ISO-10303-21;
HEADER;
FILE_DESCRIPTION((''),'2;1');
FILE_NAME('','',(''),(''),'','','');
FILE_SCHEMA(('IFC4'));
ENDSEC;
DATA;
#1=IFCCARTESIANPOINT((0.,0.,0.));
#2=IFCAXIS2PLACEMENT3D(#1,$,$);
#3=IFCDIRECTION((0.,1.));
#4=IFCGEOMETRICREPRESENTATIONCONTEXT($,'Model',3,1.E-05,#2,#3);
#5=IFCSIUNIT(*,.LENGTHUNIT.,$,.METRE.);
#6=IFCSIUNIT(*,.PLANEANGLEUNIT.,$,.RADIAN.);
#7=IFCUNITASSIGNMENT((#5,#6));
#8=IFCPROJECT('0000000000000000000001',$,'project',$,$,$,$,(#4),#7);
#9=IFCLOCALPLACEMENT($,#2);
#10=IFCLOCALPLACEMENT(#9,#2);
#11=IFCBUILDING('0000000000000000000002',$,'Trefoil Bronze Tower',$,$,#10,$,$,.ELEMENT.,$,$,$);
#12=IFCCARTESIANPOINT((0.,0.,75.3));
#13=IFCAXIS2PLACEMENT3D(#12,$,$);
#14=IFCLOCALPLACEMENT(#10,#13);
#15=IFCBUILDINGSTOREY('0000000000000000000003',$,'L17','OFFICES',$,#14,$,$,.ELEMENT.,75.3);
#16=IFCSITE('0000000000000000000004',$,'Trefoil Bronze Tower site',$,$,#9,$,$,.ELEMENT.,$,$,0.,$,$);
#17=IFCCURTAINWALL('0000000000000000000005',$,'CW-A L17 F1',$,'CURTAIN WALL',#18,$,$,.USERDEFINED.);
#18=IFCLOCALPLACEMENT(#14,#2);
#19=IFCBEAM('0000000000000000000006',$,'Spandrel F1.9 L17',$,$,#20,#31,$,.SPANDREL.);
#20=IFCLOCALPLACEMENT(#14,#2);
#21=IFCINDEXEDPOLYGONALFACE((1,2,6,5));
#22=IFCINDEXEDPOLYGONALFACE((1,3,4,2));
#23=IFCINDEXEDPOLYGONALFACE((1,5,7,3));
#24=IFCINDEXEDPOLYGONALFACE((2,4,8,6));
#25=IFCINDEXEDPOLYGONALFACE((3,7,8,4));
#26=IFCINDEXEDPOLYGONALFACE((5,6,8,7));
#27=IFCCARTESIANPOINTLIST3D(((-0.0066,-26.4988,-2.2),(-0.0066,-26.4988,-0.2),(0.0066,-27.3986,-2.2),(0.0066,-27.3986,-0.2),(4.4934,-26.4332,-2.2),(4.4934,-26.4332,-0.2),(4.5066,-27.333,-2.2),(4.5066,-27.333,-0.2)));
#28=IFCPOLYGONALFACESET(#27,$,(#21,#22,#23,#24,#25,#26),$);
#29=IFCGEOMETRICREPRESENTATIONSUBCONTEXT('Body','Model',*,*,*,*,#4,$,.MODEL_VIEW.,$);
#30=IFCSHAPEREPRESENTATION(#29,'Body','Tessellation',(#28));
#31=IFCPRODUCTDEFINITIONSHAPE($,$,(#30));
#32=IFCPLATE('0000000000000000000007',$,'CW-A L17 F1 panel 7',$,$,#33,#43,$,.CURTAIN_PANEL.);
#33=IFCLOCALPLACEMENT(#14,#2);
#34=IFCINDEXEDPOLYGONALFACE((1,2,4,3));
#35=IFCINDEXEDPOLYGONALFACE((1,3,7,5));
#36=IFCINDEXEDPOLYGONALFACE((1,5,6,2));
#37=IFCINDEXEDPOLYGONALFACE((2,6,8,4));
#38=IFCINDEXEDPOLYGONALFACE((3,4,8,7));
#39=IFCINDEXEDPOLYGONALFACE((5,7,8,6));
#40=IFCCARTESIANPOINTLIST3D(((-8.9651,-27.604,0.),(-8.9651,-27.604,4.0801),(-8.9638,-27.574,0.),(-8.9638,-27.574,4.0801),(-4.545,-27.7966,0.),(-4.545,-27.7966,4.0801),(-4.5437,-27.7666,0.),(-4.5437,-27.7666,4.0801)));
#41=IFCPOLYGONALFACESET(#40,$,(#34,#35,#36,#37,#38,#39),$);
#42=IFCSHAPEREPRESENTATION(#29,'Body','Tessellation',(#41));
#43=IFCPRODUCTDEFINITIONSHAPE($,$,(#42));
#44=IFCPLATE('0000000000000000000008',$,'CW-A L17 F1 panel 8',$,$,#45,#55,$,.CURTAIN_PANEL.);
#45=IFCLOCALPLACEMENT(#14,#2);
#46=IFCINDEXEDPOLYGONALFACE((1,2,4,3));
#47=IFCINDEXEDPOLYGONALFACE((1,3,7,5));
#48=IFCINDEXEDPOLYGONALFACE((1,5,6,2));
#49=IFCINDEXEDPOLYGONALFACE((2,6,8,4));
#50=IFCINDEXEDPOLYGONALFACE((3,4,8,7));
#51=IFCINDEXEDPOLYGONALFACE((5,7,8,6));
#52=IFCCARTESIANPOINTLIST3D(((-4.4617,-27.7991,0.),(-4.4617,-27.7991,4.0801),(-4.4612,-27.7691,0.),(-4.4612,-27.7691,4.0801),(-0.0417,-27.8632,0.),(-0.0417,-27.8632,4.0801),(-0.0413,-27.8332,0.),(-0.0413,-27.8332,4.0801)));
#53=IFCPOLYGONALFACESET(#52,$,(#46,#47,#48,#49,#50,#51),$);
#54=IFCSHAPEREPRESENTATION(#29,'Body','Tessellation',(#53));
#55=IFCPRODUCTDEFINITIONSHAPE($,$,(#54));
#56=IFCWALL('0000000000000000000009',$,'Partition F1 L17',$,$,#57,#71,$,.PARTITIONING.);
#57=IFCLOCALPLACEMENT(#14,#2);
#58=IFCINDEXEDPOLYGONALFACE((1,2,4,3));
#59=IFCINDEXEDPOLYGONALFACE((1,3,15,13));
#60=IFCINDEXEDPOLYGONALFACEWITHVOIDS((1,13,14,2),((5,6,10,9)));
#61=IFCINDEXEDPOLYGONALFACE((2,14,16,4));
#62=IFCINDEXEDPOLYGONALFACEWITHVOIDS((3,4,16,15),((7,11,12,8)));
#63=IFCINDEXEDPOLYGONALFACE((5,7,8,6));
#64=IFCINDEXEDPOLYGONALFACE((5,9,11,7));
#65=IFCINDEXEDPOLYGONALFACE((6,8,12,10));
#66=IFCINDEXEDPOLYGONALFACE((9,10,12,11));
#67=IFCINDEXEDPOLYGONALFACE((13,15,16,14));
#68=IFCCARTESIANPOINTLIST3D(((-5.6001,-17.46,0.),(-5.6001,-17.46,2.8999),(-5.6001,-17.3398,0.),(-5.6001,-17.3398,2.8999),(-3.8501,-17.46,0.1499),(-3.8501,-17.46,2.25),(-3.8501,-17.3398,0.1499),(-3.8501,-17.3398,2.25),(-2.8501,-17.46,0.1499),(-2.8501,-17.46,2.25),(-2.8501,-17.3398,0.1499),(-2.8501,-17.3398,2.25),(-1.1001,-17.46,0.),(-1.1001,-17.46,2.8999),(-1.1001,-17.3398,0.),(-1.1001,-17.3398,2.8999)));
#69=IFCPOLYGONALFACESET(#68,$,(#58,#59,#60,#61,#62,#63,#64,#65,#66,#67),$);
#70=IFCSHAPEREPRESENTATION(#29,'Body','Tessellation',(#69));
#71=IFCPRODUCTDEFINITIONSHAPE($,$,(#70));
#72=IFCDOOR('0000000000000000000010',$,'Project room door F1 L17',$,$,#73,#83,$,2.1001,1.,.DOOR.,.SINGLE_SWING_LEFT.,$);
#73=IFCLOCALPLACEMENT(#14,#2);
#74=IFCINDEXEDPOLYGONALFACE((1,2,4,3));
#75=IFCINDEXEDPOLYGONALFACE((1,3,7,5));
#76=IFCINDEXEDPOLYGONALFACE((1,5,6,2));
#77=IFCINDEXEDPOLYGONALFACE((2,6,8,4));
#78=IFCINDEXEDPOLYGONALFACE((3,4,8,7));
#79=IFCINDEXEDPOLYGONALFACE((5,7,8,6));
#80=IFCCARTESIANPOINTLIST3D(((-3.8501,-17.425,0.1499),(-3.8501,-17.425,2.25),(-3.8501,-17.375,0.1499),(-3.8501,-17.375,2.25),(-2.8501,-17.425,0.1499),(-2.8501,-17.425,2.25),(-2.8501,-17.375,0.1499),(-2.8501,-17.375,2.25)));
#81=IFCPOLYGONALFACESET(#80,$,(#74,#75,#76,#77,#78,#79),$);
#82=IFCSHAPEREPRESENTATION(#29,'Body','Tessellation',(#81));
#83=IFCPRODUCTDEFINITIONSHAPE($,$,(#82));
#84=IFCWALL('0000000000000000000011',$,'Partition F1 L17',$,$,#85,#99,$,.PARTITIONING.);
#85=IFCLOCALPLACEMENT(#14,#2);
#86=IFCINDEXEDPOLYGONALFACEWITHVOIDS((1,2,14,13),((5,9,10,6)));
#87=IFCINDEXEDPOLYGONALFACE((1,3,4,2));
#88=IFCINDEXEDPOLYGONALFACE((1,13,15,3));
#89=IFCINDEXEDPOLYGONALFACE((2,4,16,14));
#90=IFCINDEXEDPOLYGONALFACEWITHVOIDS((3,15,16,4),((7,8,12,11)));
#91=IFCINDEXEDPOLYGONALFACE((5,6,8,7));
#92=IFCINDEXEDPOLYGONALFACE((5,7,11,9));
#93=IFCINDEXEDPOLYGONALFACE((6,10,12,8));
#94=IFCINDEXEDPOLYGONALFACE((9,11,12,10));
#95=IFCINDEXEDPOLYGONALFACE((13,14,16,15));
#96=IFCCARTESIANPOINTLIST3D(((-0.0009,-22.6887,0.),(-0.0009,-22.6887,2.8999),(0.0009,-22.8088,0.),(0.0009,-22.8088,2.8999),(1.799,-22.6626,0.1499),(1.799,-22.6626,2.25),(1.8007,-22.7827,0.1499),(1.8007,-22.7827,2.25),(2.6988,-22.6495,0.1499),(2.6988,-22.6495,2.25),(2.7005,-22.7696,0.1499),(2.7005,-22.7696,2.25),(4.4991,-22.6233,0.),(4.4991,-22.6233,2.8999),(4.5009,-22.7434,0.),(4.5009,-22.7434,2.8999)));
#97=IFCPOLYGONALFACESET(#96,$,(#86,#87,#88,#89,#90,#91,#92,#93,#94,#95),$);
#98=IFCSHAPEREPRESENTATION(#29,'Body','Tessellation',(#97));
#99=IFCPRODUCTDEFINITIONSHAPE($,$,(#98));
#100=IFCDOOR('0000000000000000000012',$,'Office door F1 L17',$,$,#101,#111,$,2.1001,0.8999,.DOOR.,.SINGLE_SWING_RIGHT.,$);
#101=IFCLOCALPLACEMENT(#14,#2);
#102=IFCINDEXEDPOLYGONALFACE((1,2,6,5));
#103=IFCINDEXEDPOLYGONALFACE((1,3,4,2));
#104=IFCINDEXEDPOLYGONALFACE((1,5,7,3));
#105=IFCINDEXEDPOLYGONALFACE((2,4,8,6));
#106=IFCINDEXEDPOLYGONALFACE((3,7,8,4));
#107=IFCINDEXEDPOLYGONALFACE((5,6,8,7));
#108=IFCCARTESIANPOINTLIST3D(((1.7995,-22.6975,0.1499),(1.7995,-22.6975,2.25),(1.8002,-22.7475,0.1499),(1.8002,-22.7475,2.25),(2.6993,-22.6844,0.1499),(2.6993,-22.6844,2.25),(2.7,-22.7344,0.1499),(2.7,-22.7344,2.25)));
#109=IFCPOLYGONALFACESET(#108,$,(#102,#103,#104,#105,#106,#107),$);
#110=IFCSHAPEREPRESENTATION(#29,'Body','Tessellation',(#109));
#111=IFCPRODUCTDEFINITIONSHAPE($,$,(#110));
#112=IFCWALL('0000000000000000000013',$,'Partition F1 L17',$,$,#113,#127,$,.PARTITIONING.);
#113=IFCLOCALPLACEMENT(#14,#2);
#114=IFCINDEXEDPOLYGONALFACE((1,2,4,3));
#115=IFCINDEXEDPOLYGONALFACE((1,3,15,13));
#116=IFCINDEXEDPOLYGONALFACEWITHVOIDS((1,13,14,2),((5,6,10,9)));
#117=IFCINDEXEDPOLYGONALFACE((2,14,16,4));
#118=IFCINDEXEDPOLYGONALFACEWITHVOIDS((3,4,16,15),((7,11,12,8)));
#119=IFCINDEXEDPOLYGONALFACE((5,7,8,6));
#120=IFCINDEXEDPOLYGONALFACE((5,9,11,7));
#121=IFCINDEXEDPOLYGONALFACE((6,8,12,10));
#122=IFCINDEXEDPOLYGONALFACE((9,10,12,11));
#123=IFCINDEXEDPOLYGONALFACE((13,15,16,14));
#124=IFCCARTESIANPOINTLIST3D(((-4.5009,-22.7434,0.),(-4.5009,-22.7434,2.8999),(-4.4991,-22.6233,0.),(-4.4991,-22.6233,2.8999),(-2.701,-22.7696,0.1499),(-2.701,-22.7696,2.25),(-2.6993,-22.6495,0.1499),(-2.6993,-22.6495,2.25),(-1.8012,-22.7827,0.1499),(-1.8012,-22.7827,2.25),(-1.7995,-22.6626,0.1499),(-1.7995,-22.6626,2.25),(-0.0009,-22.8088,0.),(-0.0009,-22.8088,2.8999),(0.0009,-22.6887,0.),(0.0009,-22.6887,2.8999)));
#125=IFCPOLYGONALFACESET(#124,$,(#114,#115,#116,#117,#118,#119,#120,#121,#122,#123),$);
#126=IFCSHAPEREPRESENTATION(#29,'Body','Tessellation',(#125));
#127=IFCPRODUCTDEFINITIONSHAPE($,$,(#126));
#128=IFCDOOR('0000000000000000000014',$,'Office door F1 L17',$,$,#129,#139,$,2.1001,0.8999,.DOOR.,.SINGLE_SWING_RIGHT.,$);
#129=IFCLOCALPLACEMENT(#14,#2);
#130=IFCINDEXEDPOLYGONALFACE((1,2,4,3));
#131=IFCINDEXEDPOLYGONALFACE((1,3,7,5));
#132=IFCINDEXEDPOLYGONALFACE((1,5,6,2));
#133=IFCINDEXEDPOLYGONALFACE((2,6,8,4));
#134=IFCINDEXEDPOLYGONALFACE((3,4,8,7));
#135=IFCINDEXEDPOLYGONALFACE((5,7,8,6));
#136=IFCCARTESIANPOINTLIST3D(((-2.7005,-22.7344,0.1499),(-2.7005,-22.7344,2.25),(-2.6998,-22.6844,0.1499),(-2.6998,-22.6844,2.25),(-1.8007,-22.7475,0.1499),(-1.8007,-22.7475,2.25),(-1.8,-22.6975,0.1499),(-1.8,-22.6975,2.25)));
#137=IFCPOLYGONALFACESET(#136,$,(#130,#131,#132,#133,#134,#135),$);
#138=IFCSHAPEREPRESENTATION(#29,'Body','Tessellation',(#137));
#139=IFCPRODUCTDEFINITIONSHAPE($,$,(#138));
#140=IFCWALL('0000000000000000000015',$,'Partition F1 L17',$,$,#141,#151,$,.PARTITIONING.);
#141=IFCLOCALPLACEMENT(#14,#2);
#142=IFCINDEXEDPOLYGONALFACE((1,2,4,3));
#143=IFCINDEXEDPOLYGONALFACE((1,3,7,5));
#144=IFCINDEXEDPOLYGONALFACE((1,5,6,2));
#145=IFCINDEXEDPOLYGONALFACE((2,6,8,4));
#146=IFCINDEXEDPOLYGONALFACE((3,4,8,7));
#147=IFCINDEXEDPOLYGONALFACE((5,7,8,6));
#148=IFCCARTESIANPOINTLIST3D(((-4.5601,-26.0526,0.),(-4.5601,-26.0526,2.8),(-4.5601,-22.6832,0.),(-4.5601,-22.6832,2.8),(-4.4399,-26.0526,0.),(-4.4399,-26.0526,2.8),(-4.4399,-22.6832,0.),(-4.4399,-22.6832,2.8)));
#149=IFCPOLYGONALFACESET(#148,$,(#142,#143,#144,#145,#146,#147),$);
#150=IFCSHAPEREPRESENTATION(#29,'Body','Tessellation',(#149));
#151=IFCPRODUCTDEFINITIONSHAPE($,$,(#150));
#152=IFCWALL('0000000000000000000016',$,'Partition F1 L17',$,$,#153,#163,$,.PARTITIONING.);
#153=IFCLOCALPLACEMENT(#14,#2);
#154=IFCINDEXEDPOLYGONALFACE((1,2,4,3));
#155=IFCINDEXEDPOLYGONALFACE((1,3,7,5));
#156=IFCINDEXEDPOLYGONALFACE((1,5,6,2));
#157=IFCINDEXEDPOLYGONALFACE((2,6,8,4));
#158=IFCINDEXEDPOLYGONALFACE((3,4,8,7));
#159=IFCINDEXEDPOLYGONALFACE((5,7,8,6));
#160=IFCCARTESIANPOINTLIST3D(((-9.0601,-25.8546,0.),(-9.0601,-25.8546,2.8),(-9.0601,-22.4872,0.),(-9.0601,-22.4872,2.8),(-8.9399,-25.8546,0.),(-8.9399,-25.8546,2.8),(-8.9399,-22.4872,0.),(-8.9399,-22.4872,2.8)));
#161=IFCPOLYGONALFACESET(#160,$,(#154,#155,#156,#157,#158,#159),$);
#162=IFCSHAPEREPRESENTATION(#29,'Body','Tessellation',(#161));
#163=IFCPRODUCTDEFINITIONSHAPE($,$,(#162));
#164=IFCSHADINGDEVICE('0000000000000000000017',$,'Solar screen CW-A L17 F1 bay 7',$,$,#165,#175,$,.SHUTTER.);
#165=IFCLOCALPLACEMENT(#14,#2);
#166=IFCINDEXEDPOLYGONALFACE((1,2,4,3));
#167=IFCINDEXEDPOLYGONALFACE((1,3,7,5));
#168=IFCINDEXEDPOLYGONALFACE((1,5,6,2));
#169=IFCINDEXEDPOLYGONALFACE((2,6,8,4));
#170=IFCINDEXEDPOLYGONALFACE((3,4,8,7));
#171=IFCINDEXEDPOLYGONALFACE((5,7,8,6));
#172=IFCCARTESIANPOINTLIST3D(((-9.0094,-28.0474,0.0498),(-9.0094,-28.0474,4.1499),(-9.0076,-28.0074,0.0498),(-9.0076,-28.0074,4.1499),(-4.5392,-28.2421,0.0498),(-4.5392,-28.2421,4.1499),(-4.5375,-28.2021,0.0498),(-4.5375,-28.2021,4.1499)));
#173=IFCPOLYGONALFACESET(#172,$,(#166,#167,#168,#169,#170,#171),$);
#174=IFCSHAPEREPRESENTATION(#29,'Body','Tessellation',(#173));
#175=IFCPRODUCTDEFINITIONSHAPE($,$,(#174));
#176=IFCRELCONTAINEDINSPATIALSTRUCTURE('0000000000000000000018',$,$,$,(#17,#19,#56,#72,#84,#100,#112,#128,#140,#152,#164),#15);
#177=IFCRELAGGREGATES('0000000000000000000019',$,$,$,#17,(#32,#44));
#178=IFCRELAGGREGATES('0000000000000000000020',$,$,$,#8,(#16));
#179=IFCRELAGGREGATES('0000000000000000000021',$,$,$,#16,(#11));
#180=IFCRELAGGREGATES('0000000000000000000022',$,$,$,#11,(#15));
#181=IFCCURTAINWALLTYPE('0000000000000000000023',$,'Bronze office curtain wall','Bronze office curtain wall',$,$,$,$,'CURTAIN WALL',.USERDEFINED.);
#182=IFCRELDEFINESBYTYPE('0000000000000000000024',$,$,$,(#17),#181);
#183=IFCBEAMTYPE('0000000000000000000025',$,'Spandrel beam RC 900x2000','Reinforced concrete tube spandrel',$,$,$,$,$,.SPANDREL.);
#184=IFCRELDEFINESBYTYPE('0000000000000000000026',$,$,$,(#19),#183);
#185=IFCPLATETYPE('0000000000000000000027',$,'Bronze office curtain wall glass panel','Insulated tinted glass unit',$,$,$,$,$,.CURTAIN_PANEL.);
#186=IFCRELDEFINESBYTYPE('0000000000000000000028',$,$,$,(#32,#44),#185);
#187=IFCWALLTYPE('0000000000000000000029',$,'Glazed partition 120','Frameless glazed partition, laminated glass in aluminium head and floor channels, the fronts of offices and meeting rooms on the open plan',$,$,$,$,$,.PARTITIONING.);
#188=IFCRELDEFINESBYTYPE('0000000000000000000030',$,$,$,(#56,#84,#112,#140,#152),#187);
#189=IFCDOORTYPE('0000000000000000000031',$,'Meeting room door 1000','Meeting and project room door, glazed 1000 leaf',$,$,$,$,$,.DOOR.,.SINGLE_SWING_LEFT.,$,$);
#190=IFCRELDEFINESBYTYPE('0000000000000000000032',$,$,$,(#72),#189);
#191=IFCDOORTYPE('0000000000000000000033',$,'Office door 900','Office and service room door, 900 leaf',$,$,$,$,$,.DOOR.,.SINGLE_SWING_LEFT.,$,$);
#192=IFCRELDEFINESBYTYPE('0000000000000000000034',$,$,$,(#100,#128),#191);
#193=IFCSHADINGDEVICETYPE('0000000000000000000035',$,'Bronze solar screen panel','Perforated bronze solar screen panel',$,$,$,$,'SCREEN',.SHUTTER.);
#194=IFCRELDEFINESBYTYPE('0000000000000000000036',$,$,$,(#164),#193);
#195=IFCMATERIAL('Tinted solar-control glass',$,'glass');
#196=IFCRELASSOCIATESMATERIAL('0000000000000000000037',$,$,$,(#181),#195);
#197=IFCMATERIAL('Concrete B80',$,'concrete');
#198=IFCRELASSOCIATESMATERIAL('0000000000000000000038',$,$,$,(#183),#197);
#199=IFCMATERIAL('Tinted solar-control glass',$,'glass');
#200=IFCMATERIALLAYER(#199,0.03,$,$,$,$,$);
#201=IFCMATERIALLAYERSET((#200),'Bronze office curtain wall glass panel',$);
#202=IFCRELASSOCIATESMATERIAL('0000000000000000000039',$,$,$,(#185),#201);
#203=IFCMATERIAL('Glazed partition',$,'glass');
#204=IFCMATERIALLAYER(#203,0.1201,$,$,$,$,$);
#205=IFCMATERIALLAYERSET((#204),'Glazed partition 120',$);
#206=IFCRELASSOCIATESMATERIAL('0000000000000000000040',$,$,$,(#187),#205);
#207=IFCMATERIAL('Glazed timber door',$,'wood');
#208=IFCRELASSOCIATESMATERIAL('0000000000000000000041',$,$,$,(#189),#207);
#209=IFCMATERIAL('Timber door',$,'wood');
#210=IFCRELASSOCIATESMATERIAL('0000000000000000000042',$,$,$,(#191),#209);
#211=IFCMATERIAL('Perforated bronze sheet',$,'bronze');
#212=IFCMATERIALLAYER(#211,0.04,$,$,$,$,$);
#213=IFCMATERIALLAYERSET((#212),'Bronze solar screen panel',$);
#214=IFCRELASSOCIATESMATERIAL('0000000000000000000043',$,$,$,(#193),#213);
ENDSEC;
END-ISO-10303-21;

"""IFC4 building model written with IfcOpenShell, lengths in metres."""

from ifc_helpers import new_model, si_unit, direction, frame, frame_2d, origin, origin_2d, place, context, subcontext, project, spatial, rectangle, extrude, material, layer, layer_set, material_profile, profile_set, type_object, element, fill, aggregate, save


model = new_model("IFC4")

# Units and contexts
model_context = context("Model", 3, precision=1e-05, world=origin(), true_north=direction((0.0, 1.0)))
body_context = subcontext(model_context, "Body", "Model", "MODEL_VIEW")
ifc_project = project(units=[si_unit("LENGTHUNIT", "METRE"), si_unit("PLANEANGLEUNIT", "RADIAN")], contexts=[model_context])

# Site, building, storey
site_placement = place(None, origin())
site = spatial("IfcSite", under=ifc_project, at=site_placement, Name="Trefoil Bronze Tower site", CompositionType="ELEMENT", RefElevation=0.0)
building_placement = place(site_placement, origin())
building = spatial("IfcBuilding", under=site, at=building_placement, Name="Trefoil Bronze Tower", CompositionType="ELEMENT")
storey_placement = place(building_placement, frame((0.0, 0.0, 75.3)))
storey = spatial("IfcBuildingStorey", under=building, at=storey_placement, Name="L17", Description="OFFICES", CompositionType="ELEMENT", Elevation=75.3)

# Curtain wall
ifc_material_1 = material(Name="Tinted solar-control glass", Category="glass")
curtain_wall_type = type_object("IfcCurtainWallType", Name="Bronze office curtain wall", Description="Bronze office curtain wall", ElementType="CURTAIN WALL", PredefinedType="USERDEFINED", material=ifc_material_1)
curtain_wall_placement = place(storey_placement, origin())
curtain_wall = element("IfcCurtainWall", 1, at=curtain_wall_placement, inside=storey, type_object=curtain_wall_type, Name="CW-A L17 F1", ObjectType="CURTAIN WALL", PredefinedType="USERDEFINED")

# Beam
ifc_material_2 = material(Name="Concrete B80", Category="concrete")
ifc_material_profile_1 = material_profile(ifc_material_2, rectangle(XDim=0.8999, YDim=2.0, at=origin_2d()), Name="RC 900x2000")
ifc_profile_set_1 = profile_set([ifc_material_profile_1], Name="Concrete B80")
beam_type_1 = type_object("IfcBeamType", Name="Spandrel beam RC 900x2000", Description="Reinforced concrete tube spandrel", PredefinedType="SPANDREL", material=ifc_profile_set_1)
for number, where, z_axis, x_axis, name in (
    (2, (0.0, -26.9487, -1.2), (0.999894, 0.014593, 0.0), (-0.014593, 0.999894, 0.0), "Spandrel F1.9 L17"),
):
    element("IfcBeam", number, at=place(storey_placement, frame(where, z_axis=z_axis, x_axis=x_axis)), inside=storey, type_object=beam_type_1, Name=name, PredefinedType="SPANDREL", context=body_context, shape_type="SweptSolid", body=[
        extrude(rectangle(XDim=0.8999, YDim=2.0, at=origin_2d()), origin(), (0.0, 0.0, 1.0), 4.5005),
    ])

# Plates
ifc_material_3 = material(Name="Tinted solar-control glass", Category="glass")
ifc_layer_1 = layer(ifc_material_3, 0.03)
ifc_layer_set_1 = layer_set([ifc_layer_1], Name="Bronze office curtain wall glass panel")
plate_type = type_object("IfcPlateType", Name="Bronze office curtain wall glass panel", Description="Insulated tinted glass unit", PredefinedType="CURTAIN_PANEL", material=ifc_layer_set_1)
plate_1_placement = place(storey_placement, frame((-6.7544, -27.6853, 0.0), z_axis=(0.0, 0.0, 1.0), x_axis=(0.999052, -0.043528, 0.0)))
plate_1 = element("IfcPlate", 3, at=plate_1_placement, type_object=plate_type, Name="CW-A L17 F1 panel 7", PredefinedType="CURTAIN_PANEL", context=body_context, shape_type="SweptSolid", body=[
    extrude(rectangle(XDim=4.4243, YDim=0.03, at=origin_2d()), origin(), (0.0, 0.0, 1.0), 4.0801),
])
plate_2_placement = place(storey_placement, frame((-2.2515, -27.8162, 0.0), z_axis=(0.0, 0.0, 1.0), x_axis=(0.999895, -0.014509, 0.0)))
plate_2 = element("IfcPlate", 4, at=plate_2_placement, type_object=plate_type, Name="CW-A L17 F1 panel 8", PredefinedType="CURTAIN_PANEL", context=body_context, shape_type="SweptSolid", body=[
    extrude(rectangle(XDim=4.4204, YDim=0.03, at=origin_2d()), origin(), (0.0, 0.0, 1.0), 4.0801),
])
aggregate(curtain_wall, [plate_1, plate_2])

# Walls, openings, doors
ifc_material_4 = material(Name="Glazed partition", Category="glass")
ifc_layer_2 = layer(ifc_material_4, 0.1201)
ifc_layer_set_2 = layer_set([ifc_layer_2], Name="Glazed partition 120")
wall_type = type_object("IfcWallType", Name="Glazed partition 120", Description="Frameless glazed partition, laminated glass in aluminium head and floor channels, the fronts of offices and meeting rooms on the open plan", PredefinedType="PARTITIONING", material=ifc_layer_set_2)
wall_1_placement = place(storey_placement, frame((-5.6001, -17.3999, 0.0), z_axis=(0.0, 0.0, 1.0), x_axis=(1.0, 0.0, 0.0)))
wall_1 = element("IfcWall", 5, at=wall_1_placement, inside=storey, type_object=wall_type, Name="Partition F1 L17", PredefinedType="PARTITIONING", context=body_context, shape_type="SweptSolid", body=[
    extrude(rectangle(XDim=4.5, YDim=0.1201, at=frame_2d((2.25, 0.0))), origin(), (0.0, 0.0, 1.0), 2.8999),
])
opening_1_placement = place(wall_1_placement, frame((1.75, 0.0, 0.1499)))
opening_1 = element("IfcOpeningElement", 6, at=opening_1_placement, cuts=wall_1, PredefinedType="OPENING", context=body_context, shape_type="SweptSolid", body=[
    extrude(rectangle(XDim=1.0, YDim=2.1001, at=frame_2d((0.5, 1.05))), frame((0.0, 0.0701, 0.0), z_axis=(0.0, -1.0, 0.0), x_axis=(1.0, 0.0, 0.0)), (0.0, 0.0, 1.0), 0.1401),
])
ifc_material_5 = material(Name="Glazed timber door", Category="wood")
door_type_1 = type_object("IfcDoorType", Name="Meeting room door 1000", Description="Meeting and project room door, glazed 1000 leaf", OperationType="SINGLE_SWING_LEFT", PredefinedType="DOOR", material=ifc_material_5)
door_1_placement = place(opening_1_placement, origin())
door_1 = element("IfcDoor", 7, at=door_1_placement, inside=storey, type_object=door_type_1, Name="Project room door F1 L17", OperationType="SINGLE_SWING_LEFT", OverallHeight=2.1001, OverallWidth=1.0, PredefinedType="DOOR", context=body_context, shape_type="SweptSolid", body=[
    extrude(rectangle(XDim=1.0, YDim=2.1001, at=frame_2d((0.5, 1.05))), frame((0.0, 0.0249, 0.0), z_axis=(0.0, -1.0, 0.0), x_axis=(1.0, 0.0, 0.0)), (0.0, 0.0, 1.0), 0.05),
])
fill(opening_1, door_1)
wall_2_placement = place(storey_placement, frame((0.0, -22.7488, 0.0), z_axis=(0.0, 0.0, 1.0), x_axis=(0.999894, 0.014538, 0.0)))
wall_2 = element("IfcWall", 8, at=wall_2_placement, inside=storey, type_object=wall_type, Name="Partition F1 L17", PredefinedType="PARTITIONING", context=body_context, shape_type="SweptSolid", body=[
    extrude(rectangle(XDim=4.5005, YDim=0.1201, at=frame_2d((2.2502, 0.0))), origin(), (0.0, 0.0, 1.0), 2.8999),
])
opening_2_placement = place(wall_2_placement, frame((1.8, 0.0, 0.1499)))
opening_2 = element("IfcOpeningElement", 9, at=opening_2_placement, cuts=wall_2, PredefinedType="OPENING", context=body_context, shape_type="SweptSolid", body=[
    extrude(rectangle(XDim=0.8999, YDim=2.1001, at=frame_2d((0.45, 1.05))), frame((0.0, 0.0701, 0.0), z_axis=(0.0, -1.0, 0.0), x_axis=(1.0, 0.0, 0.0)), (0.0, 0.0, 1.0), 0.1401),
])
ifc_material_6 = material(Name="Timber door", Category="wood")
door_type_2 = type_object("IfcDoorType", Name="Office door 900", Description="Office and service room door, 900 leaf", OperationType="SINGLE_SWING_LEFT", PredefinedType="DOOR", material=ifc_material_6)
door_2_placement = place(opening_2_placement, frame((0.8999, 0.0, 0.0), z_axis=(0.0, 0.0, 1.0), x_axis=(-1.0, 0.0, 0.0)))
door_2 = element("IfcDoor", 10, at=door_2_placement, inside=storey, type_object=door_type_2, Name="Office door F1 L17", OperationType="SINGLE_SWING_RIGHT", OverallHeight=2.1001, OverallWidth=0.8999, PredefinedType="DOOR", context=body_context, shape_type="SweptSolid", body=[
    extrude(rectangle(XDim=0.8999, YDim=2.1001, at=frame_2d((0.45, 1.05))), frame((0.0, 0.0249, 0.0), z_axis=(0.0, -1.0, 0.0), x_axis=(1.0, 0.0, 0.0)), (0.0, 0.0, 1.0), 0.05),
])
fill(opening_2, door_2)
wall_3_placement = place(storey_placement, frame((-4.5, -22.6833, 0.0), z_axis=(0.0, 0.0, 1.0), x_axis=(0.999894, -0.014538, 0.0)))
wall_3 = element("IfcWall", 11, at=wall_3_placement, inside=storey, type_object=wall_type, Name="Partition F1 L17", PredefinedType="PARTITIONING", context=body_context, shape_type="SweptSolid", body=[
    extrude(rectangle(XDim=4.5005, YDim=0.1201, at=frame_2d((2.2502, 0.0))), origin(), (0.0, 0.0, 1.0), 2.8999),
])
opening_3_placement = place(wall_3_placement, frame((1.8, 0.0, 0.1499)))
opening_3 = element("IfcOpeningElement", 12, at=opening_3_placement, cuts=wall_3, PredefinedType="OPENING", context=body_context, shape_type="SweptSolid", body=[
    extrude(rectangle(XDim=0.8999, YDim=2.1001, at=frame_2d((0.45, 1.05))), frame((0.0, 0.0701, 0.0), z_axis=(0.0, -1.0, 0.0), x_axis=(1.0, 0.0, 0.0)), (0.0, 0.0, 1.0), 0.1401),
])
door_3_placement = place(opening_3_placement, frame((0.8999, 0.0, 0.0), z_axis=(0.0, 0.0, 1.0), x_axis=(-1.0, 0.0, 0.0)))
door_3 = element("IfcDoor", 13, at=door_3_placement, inside=storey, type_object=door_type_2, Name="Office door F1 L17", OperationType="SINGLE_SWING_RIGHT", OverallHeight=2.1001, OverallWidth=0.8999, PredefinedType="DOOR", context=body_context, shape_type="SweptSolid", body=[
    extrude(rectangle(XDim=0.8999, YDim=2.1001, at=frame_2d((0.45, 1.05))), frame((0.0, 0.0249, 0.0), z_axis=(0.0, -1.0, 0.0), x_axis=(1.0, 0.0, 0.0)), (0.0, 0.0, 1.0), 0.05),
])
fill(opening_3, door_3)

# Walls
wall_4_placement = place(storey_placement, frame((-4.5, -22.6833, 0.0), z_axis=(0.0, 0.0, 1.0), x_axis=(0.0, -1.0, 0.0)))
element("IfcWall", 14, at=wall_4_placement, inside=storey, type_object=wall_type, Name="Partition F1 L17", PredefinedType="PARTITIONING", context=body_context, shape_type="SweptSolid", body=[
    extrude(rectangle(XDim=3.3694, YDim=0.1201, at=frame_2d((1.6846, 0.0))), origin(), (0.0, 0.0, 1.0), 2.8),
])
wall_5_placement = place(storey_placement, frame((-9.0, -22.4873, 0.0), z_axis=(0.0, 0.0, 1.0), x_axis=(0.0, -1.0, 0.0)))
element("IfcWall", 15, at=wall_5_placement, inside=storey, type_object=wall_type, Name="Partition F1 L17", PredefinedType="PARTITIONING", context=body_context, shape_type="SweptSolid", body=[
    extrude(rectangle(XDim=3.3674, YDim=0.1201, at=frame_2d((1.6836, 0.0))), origin(), (0.0, 0.0, 1.0), 2.8),
])

# Shading device
ifc_material_7 = material(Name="Perforated bronze sheet", Category="bronze")
ifc_layer_3 = layer(ifc_material_7, 0.04)
ifc_layer_set_3 = layer_set([ifc_layer_3], Name="Bronze solar screen panel")
shading_device_type = type_object("IfcShadingDeviceType", Name="Bronze solar screen panel", Description="Perforated bronze solar screen panel", ElementType="SCREEN", PredefinedType="SHUTTER", material=ifc_layer_set_3)
shading_device_1_placement = place(storey_placement, frame((-6.7734, -28.1248, 0.0498), z_axis=(0.0, 0.0, 1.0), x_axis=(0.999052, -0.043528, 0.0)))
element("IfcShadingDevice", 16, at=shading_device_1_placement, inside=storey, type_object=shading_device_type, Name="Solar screen CW-A L17 F1 bay 7", PredefinedType="SHUTTER", context=body_context, shape_type="SweptSolid", body=[
    extrude(rectangle(XDim=4.4744, YDim=0.04, at=origin_2d()), origin(), (0.0, 0.0, 1.0), 4.1001),
])

save(model, "model.ifc")
